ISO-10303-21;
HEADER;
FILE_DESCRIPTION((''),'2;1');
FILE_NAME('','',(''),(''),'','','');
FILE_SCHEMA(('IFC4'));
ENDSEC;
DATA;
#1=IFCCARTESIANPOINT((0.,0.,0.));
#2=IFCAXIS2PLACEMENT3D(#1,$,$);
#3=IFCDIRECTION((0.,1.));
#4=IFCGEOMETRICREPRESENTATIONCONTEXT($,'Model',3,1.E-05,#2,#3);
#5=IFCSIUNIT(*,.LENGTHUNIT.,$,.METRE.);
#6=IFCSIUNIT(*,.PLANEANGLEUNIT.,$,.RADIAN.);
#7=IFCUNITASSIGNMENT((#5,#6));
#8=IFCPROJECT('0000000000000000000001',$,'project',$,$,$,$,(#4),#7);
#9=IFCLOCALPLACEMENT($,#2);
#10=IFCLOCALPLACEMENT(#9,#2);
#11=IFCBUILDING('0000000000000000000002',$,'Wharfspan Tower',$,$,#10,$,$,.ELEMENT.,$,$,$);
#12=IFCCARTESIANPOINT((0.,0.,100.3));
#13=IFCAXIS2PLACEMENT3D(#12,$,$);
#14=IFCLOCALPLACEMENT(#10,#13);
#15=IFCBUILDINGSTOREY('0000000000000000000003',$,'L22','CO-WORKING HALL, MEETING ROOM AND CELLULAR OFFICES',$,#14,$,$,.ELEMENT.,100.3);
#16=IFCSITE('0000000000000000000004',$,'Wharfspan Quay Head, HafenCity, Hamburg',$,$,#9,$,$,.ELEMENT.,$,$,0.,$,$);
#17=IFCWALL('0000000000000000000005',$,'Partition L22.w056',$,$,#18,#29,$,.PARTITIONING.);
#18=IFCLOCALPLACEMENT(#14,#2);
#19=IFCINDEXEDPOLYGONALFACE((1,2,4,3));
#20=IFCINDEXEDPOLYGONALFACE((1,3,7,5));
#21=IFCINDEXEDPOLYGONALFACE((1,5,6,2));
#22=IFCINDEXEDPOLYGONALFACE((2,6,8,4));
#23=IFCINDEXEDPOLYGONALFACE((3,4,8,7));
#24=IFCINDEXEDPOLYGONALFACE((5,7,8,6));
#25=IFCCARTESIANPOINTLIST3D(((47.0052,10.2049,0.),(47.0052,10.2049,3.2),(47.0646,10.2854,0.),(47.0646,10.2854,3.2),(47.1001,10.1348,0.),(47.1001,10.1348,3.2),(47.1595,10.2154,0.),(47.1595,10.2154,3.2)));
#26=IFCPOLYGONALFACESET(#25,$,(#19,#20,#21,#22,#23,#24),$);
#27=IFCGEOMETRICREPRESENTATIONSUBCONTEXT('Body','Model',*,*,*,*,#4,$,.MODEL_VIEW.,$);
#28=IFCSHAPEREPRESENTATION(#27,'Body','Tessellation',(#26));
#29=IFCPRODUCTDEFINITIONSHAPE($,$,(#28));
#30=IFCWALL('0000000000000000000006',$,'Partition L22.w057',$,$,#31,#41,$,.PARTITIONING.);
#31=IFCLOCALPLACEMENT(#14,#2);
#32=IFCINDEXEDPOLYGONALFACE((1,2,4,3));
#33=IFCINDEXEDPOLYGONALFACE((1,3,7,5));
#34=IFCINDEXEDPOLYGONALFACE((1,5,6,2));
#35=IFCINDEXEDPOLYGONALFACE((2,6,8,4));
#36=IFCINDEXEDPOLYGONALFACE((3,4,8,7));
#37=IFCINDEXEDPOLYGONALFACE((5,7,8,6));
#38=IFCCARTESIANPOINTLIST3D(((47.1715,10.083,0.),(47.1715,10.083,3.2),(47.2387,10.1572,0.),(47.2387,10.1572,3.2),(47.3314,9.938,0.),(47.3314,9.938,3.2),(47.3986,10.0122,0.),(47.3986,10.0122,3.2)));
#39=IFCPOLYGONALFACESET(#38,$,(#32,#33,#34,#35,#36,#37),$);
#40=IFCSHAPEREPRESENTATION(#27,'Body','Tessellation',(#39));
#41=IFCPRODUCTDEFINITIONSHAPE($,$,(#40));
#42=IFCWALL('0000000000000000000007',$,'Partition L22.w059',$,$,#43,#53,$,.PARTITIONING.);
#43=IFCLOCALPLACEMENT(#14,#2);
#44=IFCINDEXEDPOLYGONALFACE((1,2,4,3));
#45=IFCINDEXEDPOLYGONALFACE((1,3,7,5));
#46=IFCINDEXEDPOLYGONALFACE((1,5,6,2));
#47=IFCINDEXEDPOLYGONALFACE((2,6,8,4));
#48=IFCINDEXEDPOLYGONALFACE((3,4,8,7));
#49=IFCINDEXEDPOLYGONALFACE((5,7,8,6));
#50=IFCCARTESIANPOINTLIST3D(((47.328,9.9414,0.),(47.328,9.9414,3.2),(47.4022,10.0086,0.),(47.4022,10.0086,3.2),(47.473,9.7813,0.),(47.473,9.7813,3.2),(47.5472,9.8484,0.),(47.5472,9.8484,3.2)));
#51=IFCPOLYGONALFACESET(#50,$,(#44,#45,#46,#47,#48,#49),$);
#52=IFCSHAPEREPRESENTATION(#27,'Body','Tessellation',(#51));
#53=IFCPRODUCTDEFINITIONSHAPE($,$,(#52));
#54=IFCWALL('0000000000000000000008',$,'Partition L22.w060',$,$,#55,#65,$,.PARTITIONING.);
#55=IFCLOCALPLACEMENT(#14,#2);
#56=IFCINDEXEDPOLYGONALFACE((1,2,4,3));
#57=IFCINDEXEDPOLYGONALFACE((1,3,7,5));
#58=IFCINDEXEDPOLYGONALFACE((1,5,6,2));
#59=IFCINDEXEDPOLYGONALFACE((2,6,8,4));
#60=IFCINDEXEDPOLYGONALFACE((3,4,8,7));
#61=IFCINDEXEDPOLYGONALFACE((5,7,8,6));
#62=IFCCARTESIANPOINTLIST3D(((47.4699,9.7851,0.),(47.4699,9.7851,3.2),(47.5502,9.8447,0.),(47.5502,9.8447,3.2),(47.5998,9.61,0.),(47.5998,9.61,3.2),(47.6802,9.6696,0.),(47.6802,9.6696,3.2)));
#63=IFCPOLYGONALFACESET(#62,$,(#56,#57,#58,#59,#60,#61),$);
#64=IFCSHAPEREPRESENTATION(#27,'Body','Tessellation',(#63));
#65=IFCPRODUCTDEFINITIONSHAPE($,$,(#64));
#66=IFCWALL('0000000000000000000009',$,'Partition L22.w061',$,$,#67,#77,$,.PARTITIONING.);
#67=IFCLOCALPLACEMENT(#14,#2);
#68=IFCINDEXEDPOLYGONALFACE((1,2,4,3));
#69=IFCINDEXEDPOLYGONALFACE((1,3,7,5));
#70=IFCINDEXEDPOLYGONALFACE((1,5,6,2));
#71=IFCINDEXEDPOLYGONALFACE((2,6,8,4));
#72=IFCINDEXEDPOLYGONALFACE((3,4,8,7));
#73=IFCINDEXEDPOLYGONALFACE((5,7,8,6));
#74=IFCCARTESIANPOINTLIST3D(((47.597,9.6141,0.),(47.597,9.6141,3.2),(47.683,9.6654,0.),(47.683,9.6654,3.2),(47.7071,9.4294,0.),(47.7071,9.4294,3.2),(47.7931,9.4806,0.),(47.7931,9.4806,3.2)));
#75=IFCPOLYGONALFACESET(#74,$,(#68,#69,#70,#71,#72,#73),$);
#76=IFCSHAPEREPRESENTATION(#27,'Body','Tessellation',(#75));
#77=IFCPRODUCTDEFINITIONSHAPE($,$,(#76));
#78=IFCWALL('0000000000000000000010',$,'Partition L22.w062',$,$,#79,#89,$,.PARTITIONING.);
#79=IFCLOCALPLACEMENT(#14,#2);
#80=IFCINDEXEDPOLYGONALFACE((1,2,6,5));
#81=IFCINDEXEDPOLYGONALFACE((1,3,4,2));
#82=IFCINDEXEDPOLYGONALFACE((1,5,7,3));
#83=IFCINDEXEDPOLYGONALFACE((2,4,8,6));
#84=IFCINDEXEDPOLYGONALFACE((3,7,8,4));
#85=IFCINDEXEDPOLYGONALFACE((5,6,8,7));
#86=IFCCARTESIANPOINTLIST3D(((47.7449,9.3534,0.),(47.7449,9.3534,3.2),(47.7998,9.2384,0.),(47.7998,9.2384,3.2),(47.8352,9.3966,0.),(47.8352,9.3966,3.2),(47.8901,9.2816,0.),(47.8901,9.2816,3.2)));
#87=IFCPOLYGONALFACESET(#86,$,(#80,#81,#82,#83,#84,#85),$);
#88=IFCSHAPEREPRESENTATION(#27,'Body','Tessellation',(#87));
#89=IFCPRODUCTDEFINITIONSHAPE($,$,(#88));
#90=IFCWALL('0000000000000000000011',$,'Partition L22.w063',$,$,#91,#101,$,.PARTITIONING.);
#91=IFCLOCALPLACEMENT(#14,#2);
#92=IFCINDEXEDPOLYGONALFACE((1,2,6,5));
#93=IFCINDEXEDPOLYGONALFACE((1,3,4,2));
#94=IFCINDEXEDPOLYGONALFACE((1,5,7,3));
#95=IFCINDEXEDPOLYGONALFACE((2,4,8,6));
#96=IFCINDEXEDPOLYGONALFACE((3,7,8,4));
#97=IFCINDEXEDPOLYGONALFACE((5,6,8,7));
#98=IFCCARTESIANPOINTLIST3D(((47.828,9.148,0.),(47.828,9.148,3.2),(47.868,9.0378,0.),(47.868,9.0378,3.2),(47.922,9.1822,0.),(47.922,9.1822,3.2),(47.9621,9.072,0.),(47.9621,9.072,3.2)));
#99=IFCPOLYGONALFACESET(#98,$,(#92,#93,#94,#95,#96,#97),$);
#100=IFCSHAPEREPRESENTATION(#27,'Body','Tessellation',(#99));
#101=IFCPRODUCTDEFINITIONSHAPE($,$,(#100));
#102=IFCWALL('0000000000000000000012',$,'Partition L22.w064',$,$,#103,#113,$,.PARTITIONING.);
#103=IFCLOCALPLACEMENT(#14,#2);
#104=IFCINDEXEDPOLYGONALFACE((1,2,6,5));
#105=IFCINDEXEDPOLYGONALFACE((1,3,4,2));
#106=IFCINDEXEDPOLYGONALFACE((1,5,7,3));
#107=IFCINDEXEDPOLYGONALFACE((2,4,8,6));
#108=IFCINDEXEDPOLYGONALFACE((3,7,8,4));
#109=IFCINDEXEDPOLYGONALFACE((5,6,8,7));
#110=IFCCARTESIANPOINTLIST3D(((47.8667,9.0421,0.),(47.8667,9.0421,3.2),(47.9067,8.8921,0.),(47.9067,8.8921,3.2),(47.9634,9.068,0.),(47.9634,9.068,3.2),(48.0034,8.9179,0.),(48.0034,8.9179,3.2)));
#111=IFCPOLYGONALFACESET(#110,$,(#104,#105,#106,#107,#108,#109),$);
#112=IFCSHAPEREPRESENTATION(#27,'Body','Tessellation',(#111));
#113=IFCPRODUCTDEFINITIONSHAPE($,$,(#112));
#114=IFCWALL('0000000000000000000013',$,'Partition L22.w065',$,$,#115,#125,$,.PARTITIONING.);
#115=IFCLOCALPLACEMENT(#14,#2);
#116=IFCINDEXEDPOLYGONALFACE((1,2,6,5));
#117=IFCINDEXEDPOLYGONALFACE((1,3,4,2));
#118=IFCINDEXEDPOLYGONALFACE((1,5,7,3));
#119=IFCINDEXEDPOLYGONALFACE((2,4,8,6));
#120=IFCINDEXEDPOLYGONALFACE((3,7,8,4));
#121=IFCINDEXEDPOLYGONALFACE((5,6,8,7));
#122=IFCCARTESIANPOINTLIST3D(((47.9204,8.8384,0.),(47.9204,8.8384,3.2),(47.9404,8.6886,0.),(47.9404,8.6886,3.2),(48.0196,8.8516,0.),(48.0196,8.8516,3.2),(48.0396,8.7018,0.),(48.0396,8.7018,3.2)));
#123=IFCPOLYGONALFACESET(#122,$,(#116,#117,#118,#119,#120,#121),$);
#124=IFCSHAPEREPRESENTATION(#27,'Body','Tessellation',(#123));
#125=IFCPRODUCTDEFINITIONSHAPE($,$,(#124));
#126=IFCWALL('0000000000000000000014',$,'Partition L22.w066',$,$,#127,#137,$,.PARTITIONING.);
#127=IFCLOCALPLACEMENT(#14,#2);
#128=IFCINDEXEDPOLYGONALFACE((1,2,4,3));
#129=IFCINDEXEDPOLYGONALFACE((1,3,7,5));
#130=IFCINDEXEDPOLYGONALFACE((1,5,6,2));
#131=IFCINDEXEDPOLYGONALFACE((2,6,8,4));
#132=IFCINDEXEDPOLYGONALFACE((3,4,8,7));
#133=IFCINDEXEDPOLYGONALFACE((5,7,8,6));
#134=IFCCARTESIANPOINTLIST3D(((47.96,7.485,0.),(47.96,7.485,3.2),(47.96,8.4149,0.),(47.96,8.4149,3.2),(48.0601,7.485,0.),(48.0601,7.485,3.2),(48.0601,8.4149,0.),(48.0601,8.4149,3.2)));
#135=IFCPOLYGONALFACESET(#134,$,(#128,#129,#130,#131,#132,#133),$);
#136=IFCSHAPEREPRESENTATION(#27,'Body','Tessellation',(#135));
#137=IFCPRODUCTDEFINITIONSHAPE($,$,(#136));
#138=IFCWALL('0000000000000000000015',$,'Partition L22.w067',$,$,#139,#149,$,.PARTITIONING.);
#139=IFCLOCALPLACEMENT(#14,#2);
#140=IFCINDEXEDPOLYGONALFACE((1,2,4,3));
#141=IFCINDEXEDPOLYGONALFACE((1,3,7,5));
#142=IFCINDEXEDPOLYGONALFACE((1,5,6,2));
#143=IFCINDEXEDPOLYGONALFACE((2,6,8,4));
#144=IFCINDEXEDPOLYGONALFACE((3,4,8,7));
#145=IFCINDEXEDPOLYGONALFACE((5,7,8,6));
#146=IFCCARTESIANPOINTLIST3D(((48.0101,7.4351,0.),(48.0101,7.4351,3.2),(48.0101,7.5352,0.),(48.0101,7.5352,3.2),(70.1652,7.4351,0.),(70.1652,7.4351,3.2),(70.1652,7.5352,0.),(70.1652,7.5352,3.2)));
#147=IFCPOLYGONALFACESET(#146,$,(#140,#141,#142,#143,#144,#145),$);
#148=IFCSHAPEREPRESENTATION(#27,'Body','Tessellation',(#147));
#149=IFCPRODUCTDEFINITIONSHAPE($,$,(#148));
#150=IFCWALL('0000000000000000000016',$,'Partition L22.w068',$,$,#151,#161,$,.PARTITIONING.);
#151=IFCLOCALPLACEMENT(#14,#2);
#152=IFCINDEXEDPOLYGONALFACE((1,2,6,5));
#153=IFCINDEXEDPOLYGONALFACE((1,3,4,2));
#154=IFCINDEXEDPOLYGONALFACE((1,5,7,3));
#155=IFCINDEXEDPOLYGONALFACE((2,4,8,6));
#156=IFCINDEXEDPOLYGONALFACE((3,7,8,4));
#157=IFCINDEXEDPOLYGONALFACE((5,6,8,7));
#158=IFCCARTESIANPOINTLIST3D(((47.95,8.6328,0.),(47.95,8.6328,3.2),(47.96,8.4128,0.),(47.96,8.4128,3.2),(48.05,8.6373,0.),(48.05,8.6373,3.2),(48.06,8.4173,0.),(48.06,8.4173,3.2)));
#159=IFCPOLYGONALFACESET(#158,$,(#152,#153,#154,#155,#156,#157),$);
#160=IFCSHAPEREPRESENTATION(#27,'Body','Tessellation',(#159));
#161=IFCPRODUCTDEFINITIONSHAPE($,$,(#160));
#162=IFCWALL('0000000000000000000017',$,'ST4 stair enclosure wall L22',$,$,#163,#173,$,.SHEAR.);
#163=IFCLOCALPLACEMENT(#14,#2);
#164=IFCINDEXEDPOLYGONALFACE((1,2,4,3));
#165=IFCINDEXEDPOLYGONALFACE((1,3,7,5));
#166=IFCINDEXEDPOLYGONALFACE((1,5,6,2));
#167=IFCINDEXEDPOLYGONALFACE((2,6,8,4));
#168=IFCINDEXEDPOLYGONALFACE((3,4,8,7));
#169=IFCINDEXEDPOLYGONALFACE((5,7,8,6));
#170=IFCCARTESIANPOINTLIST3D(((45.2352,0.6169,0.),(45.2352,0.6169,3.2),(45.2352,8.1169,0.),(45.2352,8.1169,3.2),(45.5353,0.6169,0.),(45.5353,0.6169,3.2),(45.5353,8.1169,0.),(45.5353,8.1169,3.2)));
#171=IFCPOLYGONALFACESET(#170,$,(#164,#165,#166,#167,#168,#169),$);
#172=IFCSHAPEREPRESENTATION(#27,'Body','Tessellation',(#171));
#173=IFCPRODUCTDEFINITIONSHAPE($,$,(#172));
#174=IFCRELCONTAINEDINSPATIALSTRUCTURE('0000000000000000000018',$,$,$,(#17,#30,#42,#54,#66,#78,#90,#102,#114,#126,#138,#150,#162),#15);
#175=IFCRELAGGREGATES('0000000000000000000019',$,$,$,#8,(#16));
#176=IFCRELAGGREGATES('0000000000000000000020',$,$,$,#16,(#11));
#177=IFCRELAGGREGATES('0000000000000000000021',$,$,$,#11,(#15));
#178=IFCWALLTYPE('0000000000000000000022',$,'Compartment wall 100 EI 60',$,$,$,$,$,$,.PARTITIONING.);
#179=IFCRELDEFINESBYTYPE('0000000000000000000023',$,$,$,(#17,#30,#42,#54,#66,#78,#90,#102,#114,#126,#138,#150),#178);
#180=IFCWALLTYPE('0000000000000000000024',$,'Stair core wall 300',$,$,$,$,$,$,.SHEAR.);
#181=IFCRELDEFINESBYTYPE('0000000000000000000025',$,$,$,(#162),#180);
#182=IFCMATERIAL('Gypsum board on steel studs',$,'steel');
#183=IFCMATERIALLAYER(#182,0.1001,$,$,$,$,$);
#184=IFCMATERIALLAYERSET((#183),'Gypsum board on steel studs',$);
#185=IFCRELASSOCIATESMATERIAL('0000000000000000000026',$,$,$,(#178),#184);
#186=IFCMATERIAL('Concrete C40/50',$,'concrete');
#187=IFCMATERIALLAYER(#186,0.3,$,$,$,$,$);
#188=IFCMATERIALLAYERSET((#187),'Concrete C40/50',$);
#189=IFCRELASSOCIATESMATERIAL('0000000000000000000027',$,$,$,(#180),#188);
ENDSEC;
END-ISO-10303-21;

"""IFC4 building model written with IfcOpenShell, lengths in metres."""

from ifc_helpers import new_model, si_unit, direction, frame, frame_2d, origin, place, context, subcontext, project, spatial, rectangle, extrude, material, layer, layer_set, type_object, element, save


model = new_model("IFC4")

# Units and contexts
model_context = context("Model", 3, precision=1e-05, world=origin(), true_north=direction((0.0, 1.0)))
body_context = subcontext(model_context, "Body", "Model", "MODEL_VIEW")
ifc_project = project(units=[si_unit("LENGTHUNIT", "METRE"), si_unit("PLANEANGLEUNIT", "RADIAN")], contexts=[model_context])

# Site, building, storey
site_placement = place(None, origin())
site = spatial("IfcSite", under=ifc_project, at=site_placement, Name="Wharfspan Quay Head, HafenCity, Hamburg", CompositionType="ELEMENT", RefElevation=0.0)
building_placement = place(site_placement, origin())
building = spatial("IfcBuilding", under=site, at=building_placement, Name="Wharfspan Tower", CompositionType="ELEMENT")
storey_placement = place(building_placement, frame((0.0, 0.0, 100.3)))
storey = spatial("IfcBuildingStorey", under=building, at=storey_placement, Name="L22", Description="CO-WORKING HALL, MEETING ROOM AND CELLULAR OFFICES", CompositionType="ELEMENT", Elevation=100.3)

# Shared definitions
ifc_material_1 = material(Name="Gypsum board on steel studs", Category="steel")
ifc_layer_1 = layer(ifc_material_1, 0.1001)
ifc_layer_set_1 = layer_set([ifc_layer_1], Name="Gypsum board on steel studs")
wall_type_1 = type_object("IfcWallType", Name="Compartment wall 100 EI 60", PredefinedType="PARTITIONING", material=ifc_layer_set_1)

# Walls
wall_1_placement = place(storey_placement, frame((47.1299, 10.175, 0.0), z_axis=(0.0, 0.0, 1.0), x_axis=(-0.804696, 0.593696, 0.0)))
element("IfcWall", 1, at=wall_1_placement, inside=storey, type_object=wall_type_1, Name="Partition L22.w056", PredefinedType="PARTITIONING", context=body_context, shape_type="SweptSolid", body=[
    extrude(rectangle(XDim=0.1179, YDim=0.1001, at=frame_2d((0.0591, 0.0))), origin(), (0.0, 0.0, 1.0), 3.2),
])
wall_2_placement = place(storey_placement, frame((47.365, 9.9751, 0.0), z_axis=(0.0, 0.0, 1.0), x_axis=(-0.740762, 0.671775, 0.0)))
element("IfcWall", 2, at=wall_2_placement, inside=storey, type_object=wall_type_1, Name="Partition L22.w057", PredefinedType="PARTITIONING", context=body_context, shape_type="SweptSolid", body=[
    extrude(rectangle(XDim=0.2158, YDim=0.1001, at=frame_2d((0.1079, 0.0))), origin(), (0.0, 0.0, 1.0), 3.2),
])
wall_3_placement = place(storey_placement, frame((47.51, 9.8149, 0.0), z_axis=(0.0, 0.0, 1.0), x_axis=(-0.67121, 0.741269, 0.0)))
element("IfcWall", 3, at=wall_3_placement, inside=storey, type_object=wall_type_1, Name="Partition L22.w059", PredefinedType="PARTITIONING", context=body_context, shape_type="SweptSolid", body=[
    extrude(rectangle(XDim=0.2161, YDim=0.1001, at=frame_2d((0.1079, 0.0))), origin(), (0.0, 0.0, 1.0), 3.2),
])
wall_4_placement = place(storey_placement, frame((47.6399, 9.6399, 0.0), z_axis=(0.0, 0.0, 1.0), x_axis=(-0.595869, 0.803079, 0.0)))
element("IfcWall", 4, at=wall_4_placement, inside=storey, type_object=wall_type_1, Name="Partition L22.w060", PredefinedType="PARTITIONING", context=body_context, shape_type="SweptSolid", body=[
    extrude(rectangle(XDim=0.218, YDim=0.1001, at=frame_2d((0.1089, 0.0))), origin(), (0.0, 0.0, 1.0), 3.2),
])
wall_5_placement = place(storey_placement, frame((47.75, 9.4551, 0.0), z_axis=(0.0, 0.0, 1.0), x_axis=(-0.511823, 0.859091, 0.0)))
element("IfcWall", 5, at=wall_5_placement, inside=storey, type_object=wall_type_1, Name="Partition L22.w061", PredefinedType="PARTITIONING", context=body_context, shape_type="SweptSolid", body=[
    extrude(rectangle(XDim=0.2151, YDim=0.1001, at=frame_2d((0.1074, 0.0))), origin(), (0.0, 0.0, 1.0), 3.2),
])
wall_6_placement = place(storey_placement, frame((47.845, 9.26, 0.0), z_axis=(0.0, 0.0, 1.0), x_axis=(-0.431047, 0.902325, 0.0)))
element("IfcWall", 6, at=wall_6_placement, inside=storey, type_object=wall_type_1, Name="Partition L22.w062", PredefinedType="PARTITIONING", context=body_context, shape_type="SweptSolid", body=[
    extrude(rectangle(XDim=0.1274, YDim=0.1001, at=frame_2d((0.0637, 0.0))), origin(), (0.0, 0.0, 1.0), 3.2),
])
wall_7_placement = place(storey_placement, frame((47.915, 9.0549, 0.0), z_axis=(0.0, 0.0, 1.0), x_axis=(-0.341744, 0.939796, 0.0)))
element("IfcWall", 7, at=wall_7_placement, inside=storey, type_object=wall_type_1, Name="Partition L22.w063", PredefinedType="PARTITIONING", context=body_context, shape_type="SweptSolid", body=[
    extrude(rectangle(XDim=0.1172, YDim=0.1001, at=frame_2d((0.0586, 0.0))), origin(), (0.0, 0.0, 1.0), 3.2),
])
wall_8_placement = place(storey_placement, frame((47.9551, 8.905, 0.0), z_axis=(0.0, 0.0, 1.0), x_axis=(-0.258054, 0.966129, 0.0)))
element("IfcWall", 8, at=wall_8_placement, inside=storey, type_object=wall_type_1, Name="Partition L22.w064", PredefinedType="PARTITIONING", context=body_context, shape_type="SweptSolid", body=[
    extrude(rectangle(XDim=0.1553, YDim=0.1001, at=frame_2d((0.0776, 0.0))), origin(), (0.0, 0.0, 1.0), 3.2),
])
wall_9_placement = place(storey_placement, frame((47.99, 8.6951, 0.0), z_axis=(0.0, 0.0, 1.0), x_axis=(-0.132375, 0.991198, 0.0)))
element("IfcWall", 9, at=wall_9_placement, inside=storey, type_object=wall_type_1, Name="Partition L22.w065", PredefinedType="PARTITIONING", context=body_context, shape_type="SweptSolid", body=[
    extrude(rectangle(XDim=0.1511, YDim=0.1001, at=frame_2d((0.0757, 0.0))), origin(), (0.0, 0.0, 1.0), 3.2),
])
wall_10_placement = place(storey_placement, frame((48.01, 7.4851, 0.0), z_axis=(0.0, 0.0, 1.0), x_axis=(0.0, 1.0, 0.0)))
element("IfcWall", 10, at=wall_10_placement, inside=storey, type_object=wall_type_1, Name="Partition L22.w066", PredefinedType="PARTITIONING", context=body_context, shape_type="SweptSolid", body=[
    extrude(rectangle(XDim=0.9299, YDim=0.1001, at=frame_2d((0.4648, 0.0))), origin(), (0.0, 0.0, 1.0), 3.2),
])
wall_11_placement = place(storey_placement, frame((48.01, 7.4851, 0.0), z_axis=(0.0, 0.0, 1.0), x_axis=(1.0, 0.0, 0.0)))
element("IfcWall", 11, at=wall_11_placement, inside=storey, type_object=wall_type_1, Name="Partition L22.w067", PredefinedType="PARTITIONING", context=body_context, shape_type="SweptSolid", body=[
    extrude(rectangle(XDim=22.155, YDim=0.1001, at=frame_2d((11.0776, 0.0))), origin(), (0.0, 0.0, 1.0), 3.2),
])
wall_12_placement = place(storey_placement, frame((48.01, 8.415, 0.0), z_axis=(0.0, 0.0, 1.0), x_axis=(-0.045458, 0.998967, 0.0)))
element("IfcWall", 12, at=wall_12_placement, inside=storey, type_object=wall_type_1, Name="Partition L22.w068", PredefinedType="PARTITIONING", context=body_context, shape_type="SweptSolid", body=[
    extrude(rectangle(XDim=0.2202, YDim=0.1001, at=frame_2d((0.1101, 0.0))), origin(), (0.0, 0.0, 1.0), 3.2),
])
ifc_material_2 = material(Name="Concrete C40/50", Category="concrete")
ifc_layer_2 = layer(ifc_material_2, 0.3)
ifc_layer_set_2 = layer_set([ifc_layer_2], Name="Concrete C40/50")
wall_type_2 = type_object("IfcWallType", Name="Stair core wall 300", PredefinedType="SHEAR", material=ifc_layer_set_2)
wall_13_placement = place(storey_placement, frame((45.3853, 0.6169, 0.0), z_axis=(0.0, 0.0, 1.0), x_axis=(0.0, 1.0, 0.0)))
element("IfcWall", 13, at=wall_13_placement, inside=storey, type_object=wall_type_2, Name="ST4 stair enclosure wall L22", PredefinedType="SHEAR", context=body_context, shape_type="SweptSolid", body=[
    extrude(rectangle(XDim=7.5, YDim=0.3, at=frame_2d((3.75, 0.0))), origin(), (0.0, 0.0, 1.0), 3.2),
])

save(model, "model.ifc")
